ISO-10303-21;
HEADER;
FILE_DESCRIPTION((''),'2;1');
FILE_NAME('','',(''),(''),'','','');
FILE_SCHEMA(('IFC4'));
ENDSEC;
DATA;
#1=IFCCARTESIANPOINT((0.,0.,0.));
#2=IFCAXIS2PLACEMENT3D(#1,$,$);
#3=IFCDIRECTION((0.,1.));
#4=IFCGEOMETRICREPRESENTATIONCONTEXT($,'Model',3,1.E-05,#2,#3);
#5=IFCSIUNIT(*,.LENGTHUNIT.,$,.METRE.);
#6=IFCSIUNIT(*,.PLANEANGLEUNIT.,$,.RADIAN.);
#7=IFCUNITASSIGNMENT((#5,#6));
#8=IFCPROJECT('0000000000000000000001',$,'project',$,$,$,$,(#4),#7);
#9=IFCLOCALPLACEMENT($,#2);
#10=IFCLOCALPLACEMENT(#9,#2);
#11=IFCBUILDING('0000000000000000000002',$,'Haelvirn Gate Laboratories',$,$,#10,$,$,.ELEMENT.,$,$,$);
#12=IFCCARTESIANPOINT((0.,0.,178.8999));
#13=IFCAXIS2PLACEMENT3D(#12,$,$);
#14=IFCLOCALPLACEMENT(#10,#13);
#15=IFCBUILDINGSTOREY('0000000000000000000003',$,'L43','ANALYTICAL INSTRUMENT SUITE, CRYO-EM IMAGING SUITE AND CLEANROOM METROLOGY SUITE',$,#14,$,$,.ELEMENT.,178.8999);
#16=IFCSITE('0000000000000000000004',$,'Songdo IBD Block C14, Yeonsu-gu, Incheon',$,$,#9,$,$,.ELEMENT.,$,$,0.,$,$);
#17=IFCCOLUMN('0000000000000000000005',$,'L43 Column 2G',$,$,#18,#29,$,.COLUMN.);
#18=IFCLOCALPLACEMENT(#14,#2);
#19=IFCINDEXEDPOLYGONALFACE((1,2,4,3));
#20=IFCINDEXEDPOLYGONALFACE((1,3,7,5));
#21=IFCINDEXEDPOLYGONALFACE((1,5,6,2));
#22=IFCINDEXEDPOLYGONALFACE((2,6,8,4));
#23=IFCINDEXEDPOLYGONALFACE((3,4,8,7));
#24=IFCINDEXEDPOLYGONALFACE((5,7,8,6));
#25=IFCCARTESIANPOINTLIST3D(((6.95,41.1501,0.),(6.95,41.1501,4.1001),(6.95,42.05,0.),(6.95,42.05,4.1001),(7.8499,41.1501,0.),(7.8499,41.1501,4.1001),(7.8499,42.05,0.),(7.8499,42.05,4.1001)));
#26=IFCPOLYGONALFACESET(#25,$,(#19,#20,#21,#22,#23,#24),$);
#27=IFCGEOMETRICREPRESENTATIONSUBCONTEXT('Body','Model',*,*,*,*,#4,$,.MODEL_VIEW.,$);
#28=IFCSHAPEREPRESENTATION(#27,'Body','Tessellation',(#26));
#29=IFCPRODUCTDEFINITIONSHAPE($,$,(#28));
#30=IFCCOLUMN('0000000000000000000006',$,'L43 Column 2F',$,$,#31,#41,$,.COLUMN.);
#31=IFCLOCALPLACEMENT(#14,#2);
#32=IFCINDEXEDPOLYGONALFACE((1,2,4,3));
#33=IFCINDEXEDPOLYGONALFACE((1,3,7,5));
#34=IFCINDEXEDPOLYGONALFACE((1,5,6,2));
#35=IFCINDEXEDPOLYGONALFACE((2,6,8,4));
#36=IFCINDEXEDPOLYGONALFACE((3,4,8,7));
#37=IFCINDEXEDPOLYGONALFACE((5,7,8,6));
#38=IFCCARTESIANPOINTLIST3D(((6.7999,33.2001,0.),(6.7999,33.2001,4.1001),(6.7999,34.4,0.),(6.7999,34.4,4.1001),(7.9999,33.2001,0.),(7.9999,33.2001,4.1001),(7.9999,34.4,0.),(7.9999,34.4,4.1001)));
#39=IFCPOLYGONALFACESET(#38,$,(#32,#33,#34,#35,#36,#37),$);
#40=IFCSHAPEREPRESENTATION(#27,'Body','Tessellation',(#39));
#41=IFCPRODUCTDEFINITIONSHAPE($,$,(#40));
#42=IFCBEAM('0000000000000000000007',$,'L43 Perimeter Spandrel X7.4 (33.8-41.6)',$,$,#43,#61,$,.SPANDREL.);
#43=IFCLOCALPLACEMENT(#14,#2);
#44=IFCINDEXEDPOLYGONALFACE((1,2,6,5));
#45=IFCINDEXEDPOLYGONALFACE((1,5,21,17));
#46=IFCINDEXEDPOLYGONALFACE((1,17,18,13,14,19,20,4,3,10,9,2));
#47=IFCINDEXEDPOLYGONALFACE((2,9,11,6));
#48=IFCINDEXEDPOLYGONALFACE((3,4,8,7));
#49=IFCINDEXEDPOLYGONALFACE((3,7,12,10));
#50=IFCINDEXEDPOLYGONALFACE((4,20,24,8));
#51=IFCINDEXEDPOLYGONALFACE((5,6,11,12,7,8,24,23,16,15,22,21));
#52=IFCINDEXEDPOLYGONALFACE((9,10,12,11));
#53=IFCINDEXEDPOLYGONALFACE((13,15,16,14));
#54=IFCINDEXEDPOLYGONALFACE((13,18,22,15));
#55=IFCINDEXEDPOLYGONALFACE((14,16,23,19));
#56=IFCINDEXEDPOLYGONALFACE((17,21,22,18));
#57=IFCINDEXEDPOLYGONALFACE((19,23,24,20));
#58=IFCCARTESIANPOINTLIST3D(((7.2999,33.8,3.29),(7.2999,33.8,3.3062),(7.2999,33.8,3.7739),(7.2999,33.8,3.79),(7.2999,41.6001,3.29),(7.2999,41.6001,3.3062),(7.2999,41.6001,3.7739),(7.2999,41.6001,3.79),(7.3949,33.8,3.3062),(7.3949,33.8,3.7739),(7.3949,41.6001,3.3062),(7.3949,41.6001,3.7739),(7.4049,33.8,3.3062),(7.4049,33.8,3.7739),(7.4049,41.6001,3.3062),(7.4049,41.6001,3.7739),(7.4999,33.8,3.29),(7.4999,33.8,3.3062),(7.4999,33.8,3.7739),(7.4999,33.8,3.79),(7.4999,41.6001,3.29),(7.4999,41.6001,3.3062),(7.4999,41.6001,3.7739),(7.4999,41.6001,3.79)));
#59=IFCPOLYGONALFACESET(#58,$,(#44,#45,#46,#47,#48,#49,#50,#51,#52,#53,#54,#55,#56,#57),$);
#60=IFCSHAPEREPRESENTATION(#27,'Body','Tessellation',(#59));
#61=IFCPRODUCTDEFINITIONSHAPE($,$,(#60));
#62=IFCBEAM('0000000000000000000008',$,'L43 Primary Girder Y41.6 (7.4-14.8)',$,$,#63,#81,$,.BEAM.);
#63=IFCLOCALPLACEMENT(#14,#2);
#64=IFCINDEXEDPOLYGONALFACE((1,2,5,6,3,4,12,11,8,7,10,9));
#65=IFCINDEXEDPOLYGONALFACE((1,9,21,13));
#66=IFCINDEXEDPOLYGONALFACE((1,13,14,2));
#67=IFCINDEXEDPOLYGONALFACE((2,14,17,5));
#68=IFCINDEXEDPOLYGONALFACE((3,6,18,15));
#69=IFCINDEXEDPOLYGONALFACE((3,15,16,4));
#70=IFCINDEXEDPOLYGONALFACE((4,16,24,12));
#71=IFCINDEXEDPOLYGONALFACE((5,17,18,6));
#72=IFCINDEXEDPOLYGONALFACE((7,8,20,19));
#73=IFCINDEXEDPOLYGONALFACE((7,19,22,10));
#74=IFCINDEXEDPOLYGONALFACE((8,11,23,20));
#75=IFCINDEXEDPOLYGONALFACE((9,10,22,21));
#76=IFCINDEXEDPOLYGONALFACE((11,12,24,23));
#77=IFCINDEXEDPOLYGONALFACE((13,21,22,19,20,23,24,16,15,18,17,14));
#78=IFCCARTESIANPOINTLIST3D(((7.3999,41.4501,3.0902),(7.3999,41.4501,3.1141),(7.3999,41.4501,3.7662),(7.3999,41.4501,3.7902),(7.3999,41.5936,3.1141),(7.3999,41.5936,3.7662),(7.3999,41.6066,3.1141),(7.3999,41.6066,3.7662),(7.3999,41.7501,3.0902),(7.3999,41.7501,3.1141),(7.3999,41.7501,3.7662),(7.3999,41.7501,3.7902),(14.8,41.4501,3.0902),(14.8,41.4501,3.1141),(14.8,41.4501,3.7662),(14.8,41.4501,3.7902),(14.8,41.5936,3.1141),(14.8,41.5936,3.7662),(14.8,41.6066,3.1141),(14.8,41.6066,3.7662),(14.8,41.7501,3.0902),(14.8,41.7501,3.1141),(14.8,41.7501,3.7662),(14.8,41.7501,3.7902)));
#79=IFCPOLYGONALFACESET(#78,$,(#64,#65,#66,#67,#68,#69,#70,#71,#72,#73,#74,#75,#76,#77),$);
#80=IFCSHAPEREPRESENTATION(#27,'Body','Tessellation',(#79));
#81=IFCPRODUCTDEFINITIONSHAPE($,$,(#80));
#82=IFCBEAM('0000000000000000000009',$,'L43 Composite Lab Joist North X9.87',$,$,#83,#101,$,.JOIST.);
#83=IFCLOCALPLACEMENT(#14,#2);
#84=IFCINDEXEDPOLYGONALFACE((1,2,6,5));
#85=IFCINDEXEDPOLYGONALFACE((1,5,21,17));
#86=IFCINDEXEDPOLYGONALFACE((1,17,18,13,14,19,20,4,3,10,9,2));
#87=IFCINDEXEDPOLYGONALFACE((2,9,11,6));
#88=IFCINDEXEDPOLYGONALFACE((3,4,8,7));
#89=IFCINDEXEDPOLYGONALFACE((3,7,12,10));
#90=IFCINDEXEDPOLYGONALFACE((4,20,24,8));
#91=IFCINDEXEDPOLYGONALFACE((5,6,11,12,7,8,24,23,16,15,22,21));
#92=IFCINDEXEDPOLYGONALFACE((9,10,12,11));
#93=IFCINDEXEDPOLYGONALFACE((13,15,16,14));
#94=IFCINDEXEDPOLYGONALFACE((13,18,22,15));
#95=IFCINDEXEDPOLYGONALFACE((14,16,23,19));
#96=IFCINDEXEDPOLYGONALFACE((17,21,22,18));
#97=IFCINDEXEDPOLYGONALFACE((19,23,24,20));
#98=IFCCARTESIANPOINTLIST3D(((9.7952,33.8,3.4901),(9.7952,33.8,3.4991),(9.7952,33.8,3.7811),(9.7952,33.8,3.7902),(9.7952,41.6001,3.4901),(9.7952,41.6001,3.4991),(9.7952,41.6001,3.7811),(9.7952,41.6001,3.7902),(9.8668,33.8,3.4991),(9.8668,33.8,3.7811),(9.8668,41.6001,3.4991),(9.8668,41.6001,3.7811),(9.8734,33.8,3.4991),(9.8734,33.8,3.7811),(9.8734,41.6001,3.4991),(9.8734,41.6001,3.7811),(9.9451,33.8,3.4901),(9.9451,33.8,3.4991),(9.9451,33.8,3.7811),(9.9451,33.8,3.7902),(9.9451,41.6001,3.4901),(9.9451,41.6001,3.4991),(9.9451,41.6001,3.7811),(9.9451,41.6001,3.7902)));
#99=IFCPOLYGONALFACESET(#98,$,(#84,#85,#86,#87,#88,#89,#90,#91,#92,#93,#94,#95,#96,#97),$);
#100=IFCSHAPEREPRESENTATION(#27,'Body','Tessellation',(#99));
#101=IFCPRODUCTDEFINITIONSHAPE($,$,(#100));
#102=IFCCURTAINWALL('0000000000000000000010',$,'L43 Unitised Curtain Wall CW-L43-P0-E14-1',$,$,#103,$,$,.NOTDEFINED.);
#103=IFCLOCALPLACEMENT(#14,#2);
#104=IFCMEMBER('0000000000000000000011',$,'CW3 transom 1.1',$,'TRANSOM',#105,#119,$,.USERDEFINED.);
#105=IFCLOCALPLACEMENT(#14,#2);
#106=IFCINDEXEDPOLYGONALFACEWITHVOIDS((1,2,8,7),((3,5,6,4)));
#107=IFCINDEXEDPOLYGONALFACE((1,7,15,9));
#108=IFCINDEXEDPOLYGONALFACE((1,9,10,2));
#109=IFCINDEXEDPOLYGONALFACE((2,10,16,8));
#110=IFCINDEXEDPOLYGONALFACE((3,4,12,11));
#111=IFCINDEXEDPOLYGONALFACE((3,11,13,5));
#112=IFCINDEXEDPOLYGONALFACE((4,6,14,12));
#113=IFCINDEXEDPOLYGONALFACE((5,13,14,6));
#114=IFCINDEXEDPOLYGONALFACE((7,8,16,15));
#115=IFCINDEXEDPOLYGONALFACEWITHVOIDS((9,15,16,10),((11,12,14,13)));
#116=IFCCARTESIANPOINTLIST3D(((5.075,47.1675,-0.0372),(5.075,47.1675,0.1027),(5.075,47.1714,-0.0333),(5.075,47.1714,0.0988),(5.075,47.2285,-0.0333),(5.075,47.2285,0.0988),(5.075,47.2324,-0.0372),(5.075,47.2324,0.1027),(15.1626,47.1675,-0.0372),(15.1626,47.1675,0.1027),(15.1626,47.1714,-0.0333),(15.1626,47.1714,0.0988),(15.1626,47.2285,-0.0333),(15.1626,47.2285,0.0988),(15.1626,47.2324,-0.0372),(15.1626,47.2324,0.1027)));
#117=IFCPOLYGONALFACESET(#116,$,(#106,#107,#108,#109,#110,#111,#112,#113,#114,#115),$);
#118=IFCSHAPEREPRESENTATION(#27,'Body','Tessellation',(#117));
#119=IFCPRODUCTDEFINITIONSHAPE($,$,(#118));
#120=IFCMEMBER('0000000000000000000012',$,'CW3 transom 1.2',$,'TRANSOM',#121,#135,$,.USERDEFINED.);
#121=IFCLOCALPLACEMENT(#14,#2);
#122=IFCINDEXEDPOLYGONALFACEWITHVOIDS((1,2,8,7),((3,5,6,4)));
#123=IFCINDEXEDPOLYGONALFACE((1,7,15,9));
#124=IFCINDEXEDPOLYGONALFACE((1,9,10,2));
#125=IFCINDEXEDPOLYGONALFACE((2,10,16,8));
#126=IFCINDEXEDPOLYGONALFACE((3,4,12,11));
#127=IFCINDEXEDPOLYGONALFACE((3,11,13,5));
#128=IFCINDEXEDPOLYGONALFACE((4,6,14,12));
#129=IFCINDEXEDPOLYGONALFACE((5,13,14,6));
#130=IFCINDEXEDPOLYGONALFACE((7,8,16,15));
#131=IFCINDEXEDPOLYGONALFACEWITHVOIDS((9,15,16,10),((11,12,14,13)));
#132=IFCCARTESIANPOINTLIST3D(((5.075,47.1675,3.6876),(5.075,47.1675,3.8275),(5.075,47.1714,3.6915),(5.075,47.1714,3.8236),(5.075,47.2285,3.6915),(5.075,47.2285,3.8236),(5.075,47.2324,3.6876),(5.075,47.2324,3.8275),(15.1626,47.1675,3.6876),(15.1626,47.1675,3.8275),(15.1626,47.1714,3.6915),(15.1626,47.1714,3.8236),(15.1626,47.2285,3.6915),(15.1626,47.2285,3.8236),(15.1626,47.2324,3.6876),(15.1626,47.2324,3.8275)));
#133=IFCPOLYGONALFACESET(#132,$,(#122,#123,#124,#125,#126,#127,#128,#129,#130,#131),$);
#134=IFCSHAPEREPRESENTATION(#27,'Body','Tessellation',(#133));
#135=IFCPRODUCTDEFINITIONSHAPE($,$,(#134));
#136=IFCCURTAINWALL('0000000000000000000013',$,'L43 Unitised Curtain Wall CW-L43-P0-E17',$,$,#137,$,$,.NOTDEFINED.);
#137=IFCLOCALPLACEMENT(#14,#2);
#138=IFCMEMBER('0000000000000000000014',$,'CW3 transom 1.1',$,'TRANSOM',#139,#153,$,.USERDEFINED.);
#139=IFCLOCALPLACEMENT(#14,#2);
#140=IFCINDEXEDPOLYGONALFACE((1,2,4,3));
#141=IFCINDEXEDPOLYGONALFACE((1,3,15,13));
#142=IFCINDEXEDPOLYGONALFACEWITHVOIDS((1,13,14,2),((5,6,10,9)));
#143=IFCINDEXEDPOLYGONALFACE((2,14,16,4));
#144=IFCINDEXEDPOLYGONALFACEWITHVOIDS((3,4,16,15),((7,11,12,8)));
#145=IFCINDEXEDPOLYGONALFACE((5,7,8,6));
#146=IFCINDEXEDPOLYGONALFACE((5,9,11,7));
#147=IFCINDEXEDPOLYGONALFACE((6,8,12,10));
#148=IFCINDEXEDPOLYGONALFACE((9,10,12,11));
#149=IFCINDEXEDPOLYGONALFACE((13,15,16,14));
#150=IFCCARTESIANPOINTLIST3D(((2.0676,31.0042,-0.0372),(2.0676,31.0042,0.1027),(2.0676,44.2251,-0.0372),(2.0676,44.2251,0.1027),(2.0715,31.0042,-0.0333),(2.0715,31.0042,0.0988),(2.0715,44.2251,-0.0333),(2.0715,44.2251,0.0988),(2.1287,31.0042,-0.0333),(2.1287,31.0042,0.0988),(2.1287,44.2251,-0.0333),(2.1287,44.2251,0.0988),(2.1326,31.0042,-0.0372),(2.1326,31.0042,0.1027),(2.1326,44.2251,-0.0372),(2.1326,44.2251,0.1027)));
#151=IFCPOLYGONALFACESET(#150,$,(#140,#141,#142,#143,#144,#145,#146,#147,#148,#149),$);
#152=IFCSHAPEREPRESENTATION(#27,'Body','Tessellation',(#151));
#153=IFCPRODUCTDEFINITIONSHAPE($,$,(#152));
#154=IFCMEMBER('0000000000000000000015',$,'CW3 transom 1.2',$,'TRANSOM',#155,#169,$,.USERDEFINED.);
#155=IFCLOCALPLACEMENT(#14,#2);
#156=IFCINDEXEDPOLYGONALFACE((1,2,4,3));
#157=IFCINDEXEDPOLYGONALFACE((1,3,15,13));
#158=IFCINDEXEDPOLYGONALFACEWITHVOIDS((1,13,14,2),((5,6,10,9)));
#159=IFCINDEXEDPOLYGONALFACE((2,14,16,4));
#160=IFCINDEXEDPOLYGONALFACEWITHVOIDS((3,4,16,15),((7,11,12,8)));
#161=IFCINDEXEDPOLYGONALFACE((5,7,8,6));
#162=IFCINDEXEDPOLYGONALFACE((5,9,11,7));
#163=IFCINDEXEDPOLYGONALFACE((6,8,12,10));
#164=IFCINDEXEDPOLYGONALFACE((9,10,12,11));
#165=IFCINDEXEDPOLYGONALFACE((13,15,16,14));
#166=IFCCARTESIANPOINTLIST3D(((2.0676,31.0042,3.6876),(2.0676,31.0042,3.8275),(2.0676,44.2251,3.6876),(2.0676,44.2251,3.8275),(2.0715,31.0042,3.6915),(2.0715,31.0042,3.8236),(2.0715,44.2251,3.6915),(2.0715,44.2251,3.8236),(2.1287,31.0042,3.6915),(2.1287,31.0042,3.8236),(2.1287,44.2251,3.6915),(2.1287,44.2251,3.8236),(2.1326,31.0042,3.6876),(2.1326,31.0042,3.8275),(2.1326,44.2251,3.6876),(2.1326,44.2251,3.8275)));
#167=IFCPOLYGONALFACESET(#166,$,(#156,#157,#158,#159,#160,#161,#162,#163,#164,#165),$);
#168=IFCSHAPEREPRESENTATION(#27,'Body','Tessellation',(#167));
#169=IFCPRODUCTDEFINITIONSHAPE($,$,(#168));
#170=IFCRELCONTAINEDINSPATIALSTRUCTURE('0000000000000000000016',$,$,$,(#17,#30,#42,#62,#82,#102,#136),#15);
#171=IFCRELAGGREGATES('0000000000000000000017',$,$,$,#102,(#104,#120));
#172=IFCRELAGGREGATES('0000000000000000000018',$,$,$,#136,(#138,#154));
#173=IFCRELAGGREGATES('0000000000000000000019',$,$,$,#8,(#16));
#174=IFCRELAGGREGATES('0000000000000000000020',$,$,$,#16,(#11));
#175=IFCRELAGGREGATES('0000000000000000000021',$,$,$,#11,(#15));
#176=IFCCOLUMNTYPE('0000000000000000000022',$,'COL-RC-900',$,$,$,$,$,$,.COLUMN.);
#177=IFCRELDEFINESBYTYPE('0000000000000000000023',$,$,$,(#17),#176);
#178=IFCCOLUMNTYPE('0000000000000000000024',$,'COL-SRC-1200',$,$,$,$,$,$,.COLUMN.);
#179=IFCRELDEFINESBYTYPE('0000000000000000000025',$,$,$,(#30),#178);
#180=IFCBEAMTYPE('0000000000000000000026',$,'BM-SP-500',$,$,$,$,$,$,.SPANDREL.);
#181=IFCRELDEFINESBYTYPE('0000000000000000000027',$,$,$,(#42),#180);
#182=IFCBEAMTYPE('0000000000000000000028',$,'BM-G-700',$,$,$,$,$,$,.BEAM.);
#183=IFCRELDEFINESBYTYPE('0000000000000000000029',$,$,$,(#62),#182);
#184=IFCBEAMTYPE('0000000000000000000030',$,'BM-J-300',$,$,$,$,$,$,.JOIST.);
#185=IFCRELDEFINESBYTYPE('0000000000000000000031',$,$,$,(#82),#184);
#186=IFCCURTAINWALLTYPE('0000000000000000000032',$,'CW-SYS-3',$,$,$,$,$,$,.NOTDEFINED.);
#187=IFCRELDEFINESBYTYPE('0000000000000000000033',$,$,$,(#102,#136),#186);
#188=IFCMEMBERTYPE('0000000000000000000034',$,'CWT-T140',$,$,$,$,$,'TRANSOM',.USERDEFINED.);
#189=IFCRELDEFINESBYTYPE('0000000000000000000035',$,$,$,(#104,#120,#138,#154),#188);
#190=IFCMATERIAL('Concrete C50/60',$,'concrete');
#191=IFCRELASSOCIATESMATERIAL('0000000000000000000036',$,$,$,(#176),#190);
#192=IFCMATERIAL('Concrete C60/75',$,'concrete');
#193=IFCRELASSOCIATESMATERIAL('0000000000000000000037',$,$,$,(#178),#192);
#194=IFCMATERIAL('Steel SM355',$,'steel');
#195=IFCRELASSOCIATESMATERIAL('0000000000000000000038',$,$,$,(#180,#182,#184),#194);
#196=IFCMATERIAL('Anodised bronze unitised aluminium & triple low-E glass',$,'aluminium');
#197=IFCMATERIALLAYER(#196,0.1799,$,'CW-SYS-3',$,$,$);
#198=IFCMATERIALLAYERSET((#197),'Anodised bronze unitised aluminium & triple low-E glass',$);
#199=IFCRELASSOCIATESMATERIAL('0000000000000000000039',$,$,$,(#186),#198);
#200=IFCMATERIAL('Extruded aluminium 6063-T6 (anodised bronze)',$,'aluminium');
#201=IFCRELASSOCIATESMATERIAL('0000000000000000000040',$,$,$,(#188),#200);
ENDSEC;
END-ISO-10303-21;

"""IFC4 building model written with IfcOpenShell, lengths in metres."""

from ifc_helpers import new_model, si_unit, direction, frame, origin, origin_2d, place, context, subcontext, project, spatial, rectangle, hollow_rectangle, i_section, extrude, source, transform, mapped, material, layer, layer_set, material_profile, profile_set, type_object, type_shapes, element, aggregate, save


model = new_model("IFC4")

# Units and contexts
model_context = context("Model", 3, precision=1e-05, world=origin(), true_north=direction((0.0, 1.0)))
body_context = subcontext(model_context, "Body", "Model", "MODEL_VIEW")
ifc_project = project(units=[si_unit("LENGTHUNIT", "METRE"), si_unit("PLANEANGLEUNIT", "RADIAN")], contexts=[model_context])

# Site, building, storey
site_placement = place(None, origin())
site = spatial("IfcSite", under=ifc_project, at=site_placement, Name="Songdo IBD Block C14, Yeonsu-gu, Incheon", CompositionType="ELEMENT", RefElevation=0.0)
building_placement = place(site_placement, origin())
building = spatial("IfcBuilding", under=site, at=building_placement, Name="Haelvirn Gate Laboratories", CompositionType="ELEMENT")
storey_placement = place(building_placement, frame((0.0, 0.0, 178.8999)))
storey = spatial("IfcBuildingStorey", under=building, at=storey_placement, Name="L43", Description="ANALYTICAL INSTRUMENT SUITE, CRYO-EM IMAGING SUITE AND CLEANROOM METROLOGY SUITE", CompositionType="ELEMENT", Elevation=178.8999)

# Columns
ifc_material_1 = material(Name="Concrete C50/60", Category="concrete")
ifc_material_profile_1 = material_profile(ifc_material_1, rectangle(XDim=0.8999, YDim=0.8999, at=origin_2d()), Name="RC-900x900")
ifc_profile_set_1 = profile_set([ifc_material_profile_1], Name="Concrete C50/60")
column_type_1 = type_object("IfcColumnType", Name="COL-RC-900", PredefinedType="COLUMN", material=ifc_profile_set_1)
shared_shape_1 = source(origin(), body_context, "Body", "SweptSolid", [
    extrude(rectangle(XDim=0.8999, YDim=0.8999, at=origin_2d()), origin(), (0.0, 0.0, 1.0), 4.1001),
])
type_shapes(column_type_1, [shared_shape_1])
column_1_placement = place(storey_placement, frame((7.3999, 41.6001, 0.0), z_axis=(0.0, 0.0, 1.0), x_axis=(1.0, 0.0, 0.0)))
element("IfcColumn", 1, at=column_1_placement, inside=storey, type_object=column_type_1, Name="L43 Column 2G", PredefinedType="COLUMN", context=body_context, shape_type="MappedRepresentation", body=[
    mapped(shared_shape_1, transform((0.0, 0.0, 0.0), scale=1.0)),
])
ifc_material_2 = material(Name="Concrete C60/75", Category="concrete")
ifc_material_profile_2 = material_profile(ifc_material_2, rectangle(XDim=1.2, YDim=1.2, at=origin_2d()), Name="SRC-1200x1200")
ifc_profile_set_2 = profile_set([ifc_material_profile_2], Name="Concrete C60/75")
column_type_2 = type_object("IfcColumnType", Name="COL-SRC-1200", PredefinedType="COLUMN", material=ifc_profile_set_2)
shared_shape_2 = source(origin(), body_context, "Body", "SweptSolid", [
    extrude(rectangle(XDim=1.2, YDim=1.2, at=origin_2d()), origin(), (0.0, 0.0, 1.0), 4.1001),
])
type_shapes(column_type_2, [shared_shape_2])
column_2_placement = place(storey_placement, frame((7.3999, 33.8, 0.0), z_axis=(0.0, 0.0, 1.0), x_axis=(1.0, 0.0, 0.0)))
element("IfcColumn", 2, at=column_2_placement, inside=storey, type_object=column_type_2, Name="L43 Column 2F", PredefinedType="COLUMN", context=body_context, shape_type="MappedRepresentation", body=[
    mapped(shared_shape_2, transform((0.0, 0.0, 0.0), scale=1.0)),
])

# Beams
ifc_material_3 = material(Name="Steel SM355", Category="steel")
ifc_material_profile_3 = material_profile(ifc_material_3, i_section(OverallWidth=0.2, OverallDepth=0.5, WebThickness=0.01, FlangeThickness=0.0161, at=origin_2d()), Name="H-500x200x10x16")
ifc_profile_set_3 = profile_set([ifc_material_profile_3], Name="Steel SM355")
beam_type_1 = type_object("IfcBeamType", Name="BM-SP-500", PredefinedType="SPANDREL", material=ifc_profile_set_3)
shared_shape_3 = source(origin(), body_context, "Body", "SweptSolid", [
    extrude(i_section(OverallWidth=0.2, OverallDepth=0.5, WebThickness=0.01, FlangeThickness=0.0161, at=origin_2d()), origin(), (0.0, 0.0, 1.0), 7.8),
])
type_shapes(beam_type_1, [shared_shape_3])
beam_1_placement = place(storey_placement, frame((7.3999, 33.8, 3.54), z_axis=(0.0, 1.0, 0.0), x_axis=(-1.0, 0.0, 0.0)))
element("IfcBeam", 3, at=beam_1_placement, inside=storey, type_object=beam_type_1, Name="L43 Perimeter Spandrel X7.4 (33.8-41.6)", PredefinedType="SPANDREL", context=body_context, shape_type="MappedRepresentation", body=[
    mapped(shared_shape_3, transform((0.0, 0.0, 0.0), scale=1.0)),
])
ifc_material_profile_4 = material_profile(ifc_material_3, i_section(OverallWidth=0.3, OverallDepth=0.7, WebThickness=0.0129, FlangeThickness=0.0239, at=origin_2d()), Name="H-700x300x13x24")
ifc_profile_set_4 = profile_set([ifc_material_profile_4], Name="Steel SM355")
beam_type_2 = type_object("IfcBeamType", Name="BM-G-700", PredefinedType="BEAM", material=ifc_profile_set_4)
shared_shape_4 = source(origin(), body_context, "Body", "SweptSolid", [
    extrude(i_section(OverallWidth=0.3, OverallDepth=0.7, WebThickness=0.0129, FlangeThickness=0.0239, at=origin_2d()), origin(), (0.0, 0.0, 1.0), 7.4001),
])
type_shapes(beam_type_2, [shared_shape_4])
beam_2_placement = place(storey_placement, frame((7.3999, 41.6001, 3.4402), z_axis=(1.0, 0.0, 0.0), x_axis=(0.0, 1.0, 0.0)))
element("IfcBeam", 4, at=beam_2_placement, inside=storey, type_object=beam_type_2, Name="L43 Primary Girder Y41.6 (7.4-14.8)", PredefinedType="BEAM", context=body_context, shape_type="MappedRepresentation", body=[
    mapped(shared_shape_4, transform((0.0, 0.0, 0.0), scale=1.0)),
])
ifc_material_profile_5 = material_profile(ifc_material_3, i_section(OverallWidth=0.1499, OverallDepth=0.3, WebThickness=0.0066, FlangeThickness=0.009, at=origin_2d()), Name="H-300x150x6.5x9")
ifc_profile_set_5 = profile_set([ifc_material_profile_5], Name="Steel SM355")
beam_type_3 = type_object("IfcBeamType", Name="BM-J-300", PredefinedType="JOIST", material=ifc_profile_set_5)
shared_shape_5 = source(origin(), body_context, "Body", "SweptSolid", [
    extrude(i_section(OverallWidth=0.1499, OverallDepth=0.3, WebThickness=0.0066, FlangeThickness=0.009, at=origin_2d()), origin(), (0.0, 0.0, 1.0), 7.8),
])
type_shapes(beam_type_3, [shared_shape_5])
beam_3_placement = place(storey_placement, frame((9.8701, 33.8, 3.6401), z_axis=(0.0, 1.0, 0.0), x_axis=(-1.0, 0.0, 0.0)))
element("IfcBeam", 5, at=beam_3_placement, inside=storey, type_object=beam_type_3, Name="L43 Composite Lab Joist North X9.87", PredefinedType="JOIST", context=body_context, shape_type="MappedRepresentation", body=[
    mapped(shared_shape_5, transform((0.0, 0.0, 0.0), scale=1.0)),
])

# Curtain walls, members
ifc_material_4 = material(Name="Anodised bronze unitised aluminium & triple low-E glass", Category="aluminium")
ifc_layer_1 = layer(ifc_material_4, 0.1799, Name="CW-SYS-3")
ifc_layer_set_1 = layer_set([ifc_layer_1], Name="Anodised bronze unitised aluminium & triple low-E glass")
curtain_wall_type_1 = type_object("IfcCurtainWallType", Name="CW-SYS-3", PredefinedType="NOTDEFINED", material=ifc_layer_set_1)
curtain_wall_1_placement = place(storey_placement, origin())
curtain_wall_1 = element("IfcCurtainWall", 6, at=curtain_wall_1_placement, inside=storey, type_object=curtain_wall_type_1, Name="L43 Unitised Curtain Wall CW-L43-P0-E14-1", PredefinedType="NOTDEFINED")
ifc_material_5 = material(Name="Extruded aluminium 6063-T6 (anodised bronze)", Category="aluminium")
ifc_material_profile_6 = material_profile(ifc_material_5, hollow_rectangle(XDim=0.0649, YDim=0.1399, WallThickness=0.0039, at=origin_2d()), Name="CWT-140x65x4")
ifc_profile_set_6 = profile_set([ifc_material_profile_6], Name="Extruded aluminium 6063-T6 (anodised bronze)")
member_type_1 = type_object("IfcMemberType", Name="CWT-T140", ElementType="TRANSOM", PredefinedType="USERDEFINED", material=ifc_profile_set_6)
shared_shape_6 = source(origin(), body_context, "Body", "SweptSolid", [
    extrude(hollow_rectangle(XDim=0.0649, YDim=0.1399, WallThickness=0.0039, at=origin_2d()), origin(), (0.0, 0.0, 1.0), 10.0876),
])
member_1_placement = place(storey_placement, frame((5.075, 47.2, 0.0327), z_axis=(1.0, 0.0, 0.0), x_axis=(0.0, 1.0, 0.0)))
member_1 = element("IfcMember", 7, at=member_1_placement, type_object=member_type_1, Name="CW3 transom 1.1", ObjectType="TRANSOM", PredefinedType="USERDEFINED", context=body_context, shape_type="MappedRepresentation", body=[
    mapped(shared_shape_6, transform((0.0, 0.0, 0.0), scale=1.0)),
])
member_2_placement = place(storey_placement, frame((5.075, 47.2, 3.7576), z_axis=(1.0, 0.0, 0.0), x_axis=(0.0, 1.0, 0.0)))
member_2 = element("IfcMember", 8, at=member_2_placement, type_object=member_type_1, Name="CW3 transom 1.2", ObjectType="TRANSOM", PredefinedType="USERDEFINED", context=body_context, shape_type="MappedRepresentation", body=[
    mapped(shared_shape_6, transform((0.0, 0.0, 0.0), scale=1.0)),
])
curtain_wall_2_placement = place(storey_placement, origin())
curtain_wall_2 = element("IfcCurtainWall", 9, at=curtain_wall_2_placement, inside=storey, type_object=curtain_wall_type_1, Name="L43 Unitised Curtain Wall CW-L43-P0-E17", PredefinedType="NOTDEFINED")
shared_shape_7 = source(origin(), body_context, "Body", "SweptSolid", [
    extrude(hollow_rectangle(XDim=0.0649, YDim=0.1399, WallThickness=0.0039, at=origin_2d()), origin(), (0.0, 0.0, 1.0), 13.2209),
])
member_3_placement = place(storey_placement, frame((2.1001, 44.2251, 0.0327), z_axis=(0.0, -1.0, 0.0), x_axis=(1.0, 0.0, 0.0)))
member_3 = element("IfcMember", 10, at=member_3_placement, type_object=member_type_1, Name="CW3 transom 1.1", ObjectType="TRANSOM", PredefinedType="USERDEFINED", context=body_context, shape_type="MappedRepresentation", body=[
    mapped(shared_shape_7, transform((0.0, 0.0, 0.0), scale=1.0)),
])
member_4_placement = place(storey_placement, frame((2.1001, 44.2251, 3.7576), z_axis=(0.0, -1.0, 0.0), x_axis=(1.0, 0.0, 0.0)))
member_4 = element("IfcMember", 11, at=member_4_placement, type_object=member_type_1, Name="CW3 transom 1.2", ObjectType="TRANSOM", PredefinedType="USERDEFINED", context=body_context, shape_type="MappedRepresentation", body=[
    mapped(shared_shape_7, transform((0.0, 0.0, 0.0), scale=1.0)),
])

aggregate(curtain_wall_1, [member_1, member_2])
aggregate(curtain_wall_2, [member_3, member_4])

save(model, "model.ifc")
